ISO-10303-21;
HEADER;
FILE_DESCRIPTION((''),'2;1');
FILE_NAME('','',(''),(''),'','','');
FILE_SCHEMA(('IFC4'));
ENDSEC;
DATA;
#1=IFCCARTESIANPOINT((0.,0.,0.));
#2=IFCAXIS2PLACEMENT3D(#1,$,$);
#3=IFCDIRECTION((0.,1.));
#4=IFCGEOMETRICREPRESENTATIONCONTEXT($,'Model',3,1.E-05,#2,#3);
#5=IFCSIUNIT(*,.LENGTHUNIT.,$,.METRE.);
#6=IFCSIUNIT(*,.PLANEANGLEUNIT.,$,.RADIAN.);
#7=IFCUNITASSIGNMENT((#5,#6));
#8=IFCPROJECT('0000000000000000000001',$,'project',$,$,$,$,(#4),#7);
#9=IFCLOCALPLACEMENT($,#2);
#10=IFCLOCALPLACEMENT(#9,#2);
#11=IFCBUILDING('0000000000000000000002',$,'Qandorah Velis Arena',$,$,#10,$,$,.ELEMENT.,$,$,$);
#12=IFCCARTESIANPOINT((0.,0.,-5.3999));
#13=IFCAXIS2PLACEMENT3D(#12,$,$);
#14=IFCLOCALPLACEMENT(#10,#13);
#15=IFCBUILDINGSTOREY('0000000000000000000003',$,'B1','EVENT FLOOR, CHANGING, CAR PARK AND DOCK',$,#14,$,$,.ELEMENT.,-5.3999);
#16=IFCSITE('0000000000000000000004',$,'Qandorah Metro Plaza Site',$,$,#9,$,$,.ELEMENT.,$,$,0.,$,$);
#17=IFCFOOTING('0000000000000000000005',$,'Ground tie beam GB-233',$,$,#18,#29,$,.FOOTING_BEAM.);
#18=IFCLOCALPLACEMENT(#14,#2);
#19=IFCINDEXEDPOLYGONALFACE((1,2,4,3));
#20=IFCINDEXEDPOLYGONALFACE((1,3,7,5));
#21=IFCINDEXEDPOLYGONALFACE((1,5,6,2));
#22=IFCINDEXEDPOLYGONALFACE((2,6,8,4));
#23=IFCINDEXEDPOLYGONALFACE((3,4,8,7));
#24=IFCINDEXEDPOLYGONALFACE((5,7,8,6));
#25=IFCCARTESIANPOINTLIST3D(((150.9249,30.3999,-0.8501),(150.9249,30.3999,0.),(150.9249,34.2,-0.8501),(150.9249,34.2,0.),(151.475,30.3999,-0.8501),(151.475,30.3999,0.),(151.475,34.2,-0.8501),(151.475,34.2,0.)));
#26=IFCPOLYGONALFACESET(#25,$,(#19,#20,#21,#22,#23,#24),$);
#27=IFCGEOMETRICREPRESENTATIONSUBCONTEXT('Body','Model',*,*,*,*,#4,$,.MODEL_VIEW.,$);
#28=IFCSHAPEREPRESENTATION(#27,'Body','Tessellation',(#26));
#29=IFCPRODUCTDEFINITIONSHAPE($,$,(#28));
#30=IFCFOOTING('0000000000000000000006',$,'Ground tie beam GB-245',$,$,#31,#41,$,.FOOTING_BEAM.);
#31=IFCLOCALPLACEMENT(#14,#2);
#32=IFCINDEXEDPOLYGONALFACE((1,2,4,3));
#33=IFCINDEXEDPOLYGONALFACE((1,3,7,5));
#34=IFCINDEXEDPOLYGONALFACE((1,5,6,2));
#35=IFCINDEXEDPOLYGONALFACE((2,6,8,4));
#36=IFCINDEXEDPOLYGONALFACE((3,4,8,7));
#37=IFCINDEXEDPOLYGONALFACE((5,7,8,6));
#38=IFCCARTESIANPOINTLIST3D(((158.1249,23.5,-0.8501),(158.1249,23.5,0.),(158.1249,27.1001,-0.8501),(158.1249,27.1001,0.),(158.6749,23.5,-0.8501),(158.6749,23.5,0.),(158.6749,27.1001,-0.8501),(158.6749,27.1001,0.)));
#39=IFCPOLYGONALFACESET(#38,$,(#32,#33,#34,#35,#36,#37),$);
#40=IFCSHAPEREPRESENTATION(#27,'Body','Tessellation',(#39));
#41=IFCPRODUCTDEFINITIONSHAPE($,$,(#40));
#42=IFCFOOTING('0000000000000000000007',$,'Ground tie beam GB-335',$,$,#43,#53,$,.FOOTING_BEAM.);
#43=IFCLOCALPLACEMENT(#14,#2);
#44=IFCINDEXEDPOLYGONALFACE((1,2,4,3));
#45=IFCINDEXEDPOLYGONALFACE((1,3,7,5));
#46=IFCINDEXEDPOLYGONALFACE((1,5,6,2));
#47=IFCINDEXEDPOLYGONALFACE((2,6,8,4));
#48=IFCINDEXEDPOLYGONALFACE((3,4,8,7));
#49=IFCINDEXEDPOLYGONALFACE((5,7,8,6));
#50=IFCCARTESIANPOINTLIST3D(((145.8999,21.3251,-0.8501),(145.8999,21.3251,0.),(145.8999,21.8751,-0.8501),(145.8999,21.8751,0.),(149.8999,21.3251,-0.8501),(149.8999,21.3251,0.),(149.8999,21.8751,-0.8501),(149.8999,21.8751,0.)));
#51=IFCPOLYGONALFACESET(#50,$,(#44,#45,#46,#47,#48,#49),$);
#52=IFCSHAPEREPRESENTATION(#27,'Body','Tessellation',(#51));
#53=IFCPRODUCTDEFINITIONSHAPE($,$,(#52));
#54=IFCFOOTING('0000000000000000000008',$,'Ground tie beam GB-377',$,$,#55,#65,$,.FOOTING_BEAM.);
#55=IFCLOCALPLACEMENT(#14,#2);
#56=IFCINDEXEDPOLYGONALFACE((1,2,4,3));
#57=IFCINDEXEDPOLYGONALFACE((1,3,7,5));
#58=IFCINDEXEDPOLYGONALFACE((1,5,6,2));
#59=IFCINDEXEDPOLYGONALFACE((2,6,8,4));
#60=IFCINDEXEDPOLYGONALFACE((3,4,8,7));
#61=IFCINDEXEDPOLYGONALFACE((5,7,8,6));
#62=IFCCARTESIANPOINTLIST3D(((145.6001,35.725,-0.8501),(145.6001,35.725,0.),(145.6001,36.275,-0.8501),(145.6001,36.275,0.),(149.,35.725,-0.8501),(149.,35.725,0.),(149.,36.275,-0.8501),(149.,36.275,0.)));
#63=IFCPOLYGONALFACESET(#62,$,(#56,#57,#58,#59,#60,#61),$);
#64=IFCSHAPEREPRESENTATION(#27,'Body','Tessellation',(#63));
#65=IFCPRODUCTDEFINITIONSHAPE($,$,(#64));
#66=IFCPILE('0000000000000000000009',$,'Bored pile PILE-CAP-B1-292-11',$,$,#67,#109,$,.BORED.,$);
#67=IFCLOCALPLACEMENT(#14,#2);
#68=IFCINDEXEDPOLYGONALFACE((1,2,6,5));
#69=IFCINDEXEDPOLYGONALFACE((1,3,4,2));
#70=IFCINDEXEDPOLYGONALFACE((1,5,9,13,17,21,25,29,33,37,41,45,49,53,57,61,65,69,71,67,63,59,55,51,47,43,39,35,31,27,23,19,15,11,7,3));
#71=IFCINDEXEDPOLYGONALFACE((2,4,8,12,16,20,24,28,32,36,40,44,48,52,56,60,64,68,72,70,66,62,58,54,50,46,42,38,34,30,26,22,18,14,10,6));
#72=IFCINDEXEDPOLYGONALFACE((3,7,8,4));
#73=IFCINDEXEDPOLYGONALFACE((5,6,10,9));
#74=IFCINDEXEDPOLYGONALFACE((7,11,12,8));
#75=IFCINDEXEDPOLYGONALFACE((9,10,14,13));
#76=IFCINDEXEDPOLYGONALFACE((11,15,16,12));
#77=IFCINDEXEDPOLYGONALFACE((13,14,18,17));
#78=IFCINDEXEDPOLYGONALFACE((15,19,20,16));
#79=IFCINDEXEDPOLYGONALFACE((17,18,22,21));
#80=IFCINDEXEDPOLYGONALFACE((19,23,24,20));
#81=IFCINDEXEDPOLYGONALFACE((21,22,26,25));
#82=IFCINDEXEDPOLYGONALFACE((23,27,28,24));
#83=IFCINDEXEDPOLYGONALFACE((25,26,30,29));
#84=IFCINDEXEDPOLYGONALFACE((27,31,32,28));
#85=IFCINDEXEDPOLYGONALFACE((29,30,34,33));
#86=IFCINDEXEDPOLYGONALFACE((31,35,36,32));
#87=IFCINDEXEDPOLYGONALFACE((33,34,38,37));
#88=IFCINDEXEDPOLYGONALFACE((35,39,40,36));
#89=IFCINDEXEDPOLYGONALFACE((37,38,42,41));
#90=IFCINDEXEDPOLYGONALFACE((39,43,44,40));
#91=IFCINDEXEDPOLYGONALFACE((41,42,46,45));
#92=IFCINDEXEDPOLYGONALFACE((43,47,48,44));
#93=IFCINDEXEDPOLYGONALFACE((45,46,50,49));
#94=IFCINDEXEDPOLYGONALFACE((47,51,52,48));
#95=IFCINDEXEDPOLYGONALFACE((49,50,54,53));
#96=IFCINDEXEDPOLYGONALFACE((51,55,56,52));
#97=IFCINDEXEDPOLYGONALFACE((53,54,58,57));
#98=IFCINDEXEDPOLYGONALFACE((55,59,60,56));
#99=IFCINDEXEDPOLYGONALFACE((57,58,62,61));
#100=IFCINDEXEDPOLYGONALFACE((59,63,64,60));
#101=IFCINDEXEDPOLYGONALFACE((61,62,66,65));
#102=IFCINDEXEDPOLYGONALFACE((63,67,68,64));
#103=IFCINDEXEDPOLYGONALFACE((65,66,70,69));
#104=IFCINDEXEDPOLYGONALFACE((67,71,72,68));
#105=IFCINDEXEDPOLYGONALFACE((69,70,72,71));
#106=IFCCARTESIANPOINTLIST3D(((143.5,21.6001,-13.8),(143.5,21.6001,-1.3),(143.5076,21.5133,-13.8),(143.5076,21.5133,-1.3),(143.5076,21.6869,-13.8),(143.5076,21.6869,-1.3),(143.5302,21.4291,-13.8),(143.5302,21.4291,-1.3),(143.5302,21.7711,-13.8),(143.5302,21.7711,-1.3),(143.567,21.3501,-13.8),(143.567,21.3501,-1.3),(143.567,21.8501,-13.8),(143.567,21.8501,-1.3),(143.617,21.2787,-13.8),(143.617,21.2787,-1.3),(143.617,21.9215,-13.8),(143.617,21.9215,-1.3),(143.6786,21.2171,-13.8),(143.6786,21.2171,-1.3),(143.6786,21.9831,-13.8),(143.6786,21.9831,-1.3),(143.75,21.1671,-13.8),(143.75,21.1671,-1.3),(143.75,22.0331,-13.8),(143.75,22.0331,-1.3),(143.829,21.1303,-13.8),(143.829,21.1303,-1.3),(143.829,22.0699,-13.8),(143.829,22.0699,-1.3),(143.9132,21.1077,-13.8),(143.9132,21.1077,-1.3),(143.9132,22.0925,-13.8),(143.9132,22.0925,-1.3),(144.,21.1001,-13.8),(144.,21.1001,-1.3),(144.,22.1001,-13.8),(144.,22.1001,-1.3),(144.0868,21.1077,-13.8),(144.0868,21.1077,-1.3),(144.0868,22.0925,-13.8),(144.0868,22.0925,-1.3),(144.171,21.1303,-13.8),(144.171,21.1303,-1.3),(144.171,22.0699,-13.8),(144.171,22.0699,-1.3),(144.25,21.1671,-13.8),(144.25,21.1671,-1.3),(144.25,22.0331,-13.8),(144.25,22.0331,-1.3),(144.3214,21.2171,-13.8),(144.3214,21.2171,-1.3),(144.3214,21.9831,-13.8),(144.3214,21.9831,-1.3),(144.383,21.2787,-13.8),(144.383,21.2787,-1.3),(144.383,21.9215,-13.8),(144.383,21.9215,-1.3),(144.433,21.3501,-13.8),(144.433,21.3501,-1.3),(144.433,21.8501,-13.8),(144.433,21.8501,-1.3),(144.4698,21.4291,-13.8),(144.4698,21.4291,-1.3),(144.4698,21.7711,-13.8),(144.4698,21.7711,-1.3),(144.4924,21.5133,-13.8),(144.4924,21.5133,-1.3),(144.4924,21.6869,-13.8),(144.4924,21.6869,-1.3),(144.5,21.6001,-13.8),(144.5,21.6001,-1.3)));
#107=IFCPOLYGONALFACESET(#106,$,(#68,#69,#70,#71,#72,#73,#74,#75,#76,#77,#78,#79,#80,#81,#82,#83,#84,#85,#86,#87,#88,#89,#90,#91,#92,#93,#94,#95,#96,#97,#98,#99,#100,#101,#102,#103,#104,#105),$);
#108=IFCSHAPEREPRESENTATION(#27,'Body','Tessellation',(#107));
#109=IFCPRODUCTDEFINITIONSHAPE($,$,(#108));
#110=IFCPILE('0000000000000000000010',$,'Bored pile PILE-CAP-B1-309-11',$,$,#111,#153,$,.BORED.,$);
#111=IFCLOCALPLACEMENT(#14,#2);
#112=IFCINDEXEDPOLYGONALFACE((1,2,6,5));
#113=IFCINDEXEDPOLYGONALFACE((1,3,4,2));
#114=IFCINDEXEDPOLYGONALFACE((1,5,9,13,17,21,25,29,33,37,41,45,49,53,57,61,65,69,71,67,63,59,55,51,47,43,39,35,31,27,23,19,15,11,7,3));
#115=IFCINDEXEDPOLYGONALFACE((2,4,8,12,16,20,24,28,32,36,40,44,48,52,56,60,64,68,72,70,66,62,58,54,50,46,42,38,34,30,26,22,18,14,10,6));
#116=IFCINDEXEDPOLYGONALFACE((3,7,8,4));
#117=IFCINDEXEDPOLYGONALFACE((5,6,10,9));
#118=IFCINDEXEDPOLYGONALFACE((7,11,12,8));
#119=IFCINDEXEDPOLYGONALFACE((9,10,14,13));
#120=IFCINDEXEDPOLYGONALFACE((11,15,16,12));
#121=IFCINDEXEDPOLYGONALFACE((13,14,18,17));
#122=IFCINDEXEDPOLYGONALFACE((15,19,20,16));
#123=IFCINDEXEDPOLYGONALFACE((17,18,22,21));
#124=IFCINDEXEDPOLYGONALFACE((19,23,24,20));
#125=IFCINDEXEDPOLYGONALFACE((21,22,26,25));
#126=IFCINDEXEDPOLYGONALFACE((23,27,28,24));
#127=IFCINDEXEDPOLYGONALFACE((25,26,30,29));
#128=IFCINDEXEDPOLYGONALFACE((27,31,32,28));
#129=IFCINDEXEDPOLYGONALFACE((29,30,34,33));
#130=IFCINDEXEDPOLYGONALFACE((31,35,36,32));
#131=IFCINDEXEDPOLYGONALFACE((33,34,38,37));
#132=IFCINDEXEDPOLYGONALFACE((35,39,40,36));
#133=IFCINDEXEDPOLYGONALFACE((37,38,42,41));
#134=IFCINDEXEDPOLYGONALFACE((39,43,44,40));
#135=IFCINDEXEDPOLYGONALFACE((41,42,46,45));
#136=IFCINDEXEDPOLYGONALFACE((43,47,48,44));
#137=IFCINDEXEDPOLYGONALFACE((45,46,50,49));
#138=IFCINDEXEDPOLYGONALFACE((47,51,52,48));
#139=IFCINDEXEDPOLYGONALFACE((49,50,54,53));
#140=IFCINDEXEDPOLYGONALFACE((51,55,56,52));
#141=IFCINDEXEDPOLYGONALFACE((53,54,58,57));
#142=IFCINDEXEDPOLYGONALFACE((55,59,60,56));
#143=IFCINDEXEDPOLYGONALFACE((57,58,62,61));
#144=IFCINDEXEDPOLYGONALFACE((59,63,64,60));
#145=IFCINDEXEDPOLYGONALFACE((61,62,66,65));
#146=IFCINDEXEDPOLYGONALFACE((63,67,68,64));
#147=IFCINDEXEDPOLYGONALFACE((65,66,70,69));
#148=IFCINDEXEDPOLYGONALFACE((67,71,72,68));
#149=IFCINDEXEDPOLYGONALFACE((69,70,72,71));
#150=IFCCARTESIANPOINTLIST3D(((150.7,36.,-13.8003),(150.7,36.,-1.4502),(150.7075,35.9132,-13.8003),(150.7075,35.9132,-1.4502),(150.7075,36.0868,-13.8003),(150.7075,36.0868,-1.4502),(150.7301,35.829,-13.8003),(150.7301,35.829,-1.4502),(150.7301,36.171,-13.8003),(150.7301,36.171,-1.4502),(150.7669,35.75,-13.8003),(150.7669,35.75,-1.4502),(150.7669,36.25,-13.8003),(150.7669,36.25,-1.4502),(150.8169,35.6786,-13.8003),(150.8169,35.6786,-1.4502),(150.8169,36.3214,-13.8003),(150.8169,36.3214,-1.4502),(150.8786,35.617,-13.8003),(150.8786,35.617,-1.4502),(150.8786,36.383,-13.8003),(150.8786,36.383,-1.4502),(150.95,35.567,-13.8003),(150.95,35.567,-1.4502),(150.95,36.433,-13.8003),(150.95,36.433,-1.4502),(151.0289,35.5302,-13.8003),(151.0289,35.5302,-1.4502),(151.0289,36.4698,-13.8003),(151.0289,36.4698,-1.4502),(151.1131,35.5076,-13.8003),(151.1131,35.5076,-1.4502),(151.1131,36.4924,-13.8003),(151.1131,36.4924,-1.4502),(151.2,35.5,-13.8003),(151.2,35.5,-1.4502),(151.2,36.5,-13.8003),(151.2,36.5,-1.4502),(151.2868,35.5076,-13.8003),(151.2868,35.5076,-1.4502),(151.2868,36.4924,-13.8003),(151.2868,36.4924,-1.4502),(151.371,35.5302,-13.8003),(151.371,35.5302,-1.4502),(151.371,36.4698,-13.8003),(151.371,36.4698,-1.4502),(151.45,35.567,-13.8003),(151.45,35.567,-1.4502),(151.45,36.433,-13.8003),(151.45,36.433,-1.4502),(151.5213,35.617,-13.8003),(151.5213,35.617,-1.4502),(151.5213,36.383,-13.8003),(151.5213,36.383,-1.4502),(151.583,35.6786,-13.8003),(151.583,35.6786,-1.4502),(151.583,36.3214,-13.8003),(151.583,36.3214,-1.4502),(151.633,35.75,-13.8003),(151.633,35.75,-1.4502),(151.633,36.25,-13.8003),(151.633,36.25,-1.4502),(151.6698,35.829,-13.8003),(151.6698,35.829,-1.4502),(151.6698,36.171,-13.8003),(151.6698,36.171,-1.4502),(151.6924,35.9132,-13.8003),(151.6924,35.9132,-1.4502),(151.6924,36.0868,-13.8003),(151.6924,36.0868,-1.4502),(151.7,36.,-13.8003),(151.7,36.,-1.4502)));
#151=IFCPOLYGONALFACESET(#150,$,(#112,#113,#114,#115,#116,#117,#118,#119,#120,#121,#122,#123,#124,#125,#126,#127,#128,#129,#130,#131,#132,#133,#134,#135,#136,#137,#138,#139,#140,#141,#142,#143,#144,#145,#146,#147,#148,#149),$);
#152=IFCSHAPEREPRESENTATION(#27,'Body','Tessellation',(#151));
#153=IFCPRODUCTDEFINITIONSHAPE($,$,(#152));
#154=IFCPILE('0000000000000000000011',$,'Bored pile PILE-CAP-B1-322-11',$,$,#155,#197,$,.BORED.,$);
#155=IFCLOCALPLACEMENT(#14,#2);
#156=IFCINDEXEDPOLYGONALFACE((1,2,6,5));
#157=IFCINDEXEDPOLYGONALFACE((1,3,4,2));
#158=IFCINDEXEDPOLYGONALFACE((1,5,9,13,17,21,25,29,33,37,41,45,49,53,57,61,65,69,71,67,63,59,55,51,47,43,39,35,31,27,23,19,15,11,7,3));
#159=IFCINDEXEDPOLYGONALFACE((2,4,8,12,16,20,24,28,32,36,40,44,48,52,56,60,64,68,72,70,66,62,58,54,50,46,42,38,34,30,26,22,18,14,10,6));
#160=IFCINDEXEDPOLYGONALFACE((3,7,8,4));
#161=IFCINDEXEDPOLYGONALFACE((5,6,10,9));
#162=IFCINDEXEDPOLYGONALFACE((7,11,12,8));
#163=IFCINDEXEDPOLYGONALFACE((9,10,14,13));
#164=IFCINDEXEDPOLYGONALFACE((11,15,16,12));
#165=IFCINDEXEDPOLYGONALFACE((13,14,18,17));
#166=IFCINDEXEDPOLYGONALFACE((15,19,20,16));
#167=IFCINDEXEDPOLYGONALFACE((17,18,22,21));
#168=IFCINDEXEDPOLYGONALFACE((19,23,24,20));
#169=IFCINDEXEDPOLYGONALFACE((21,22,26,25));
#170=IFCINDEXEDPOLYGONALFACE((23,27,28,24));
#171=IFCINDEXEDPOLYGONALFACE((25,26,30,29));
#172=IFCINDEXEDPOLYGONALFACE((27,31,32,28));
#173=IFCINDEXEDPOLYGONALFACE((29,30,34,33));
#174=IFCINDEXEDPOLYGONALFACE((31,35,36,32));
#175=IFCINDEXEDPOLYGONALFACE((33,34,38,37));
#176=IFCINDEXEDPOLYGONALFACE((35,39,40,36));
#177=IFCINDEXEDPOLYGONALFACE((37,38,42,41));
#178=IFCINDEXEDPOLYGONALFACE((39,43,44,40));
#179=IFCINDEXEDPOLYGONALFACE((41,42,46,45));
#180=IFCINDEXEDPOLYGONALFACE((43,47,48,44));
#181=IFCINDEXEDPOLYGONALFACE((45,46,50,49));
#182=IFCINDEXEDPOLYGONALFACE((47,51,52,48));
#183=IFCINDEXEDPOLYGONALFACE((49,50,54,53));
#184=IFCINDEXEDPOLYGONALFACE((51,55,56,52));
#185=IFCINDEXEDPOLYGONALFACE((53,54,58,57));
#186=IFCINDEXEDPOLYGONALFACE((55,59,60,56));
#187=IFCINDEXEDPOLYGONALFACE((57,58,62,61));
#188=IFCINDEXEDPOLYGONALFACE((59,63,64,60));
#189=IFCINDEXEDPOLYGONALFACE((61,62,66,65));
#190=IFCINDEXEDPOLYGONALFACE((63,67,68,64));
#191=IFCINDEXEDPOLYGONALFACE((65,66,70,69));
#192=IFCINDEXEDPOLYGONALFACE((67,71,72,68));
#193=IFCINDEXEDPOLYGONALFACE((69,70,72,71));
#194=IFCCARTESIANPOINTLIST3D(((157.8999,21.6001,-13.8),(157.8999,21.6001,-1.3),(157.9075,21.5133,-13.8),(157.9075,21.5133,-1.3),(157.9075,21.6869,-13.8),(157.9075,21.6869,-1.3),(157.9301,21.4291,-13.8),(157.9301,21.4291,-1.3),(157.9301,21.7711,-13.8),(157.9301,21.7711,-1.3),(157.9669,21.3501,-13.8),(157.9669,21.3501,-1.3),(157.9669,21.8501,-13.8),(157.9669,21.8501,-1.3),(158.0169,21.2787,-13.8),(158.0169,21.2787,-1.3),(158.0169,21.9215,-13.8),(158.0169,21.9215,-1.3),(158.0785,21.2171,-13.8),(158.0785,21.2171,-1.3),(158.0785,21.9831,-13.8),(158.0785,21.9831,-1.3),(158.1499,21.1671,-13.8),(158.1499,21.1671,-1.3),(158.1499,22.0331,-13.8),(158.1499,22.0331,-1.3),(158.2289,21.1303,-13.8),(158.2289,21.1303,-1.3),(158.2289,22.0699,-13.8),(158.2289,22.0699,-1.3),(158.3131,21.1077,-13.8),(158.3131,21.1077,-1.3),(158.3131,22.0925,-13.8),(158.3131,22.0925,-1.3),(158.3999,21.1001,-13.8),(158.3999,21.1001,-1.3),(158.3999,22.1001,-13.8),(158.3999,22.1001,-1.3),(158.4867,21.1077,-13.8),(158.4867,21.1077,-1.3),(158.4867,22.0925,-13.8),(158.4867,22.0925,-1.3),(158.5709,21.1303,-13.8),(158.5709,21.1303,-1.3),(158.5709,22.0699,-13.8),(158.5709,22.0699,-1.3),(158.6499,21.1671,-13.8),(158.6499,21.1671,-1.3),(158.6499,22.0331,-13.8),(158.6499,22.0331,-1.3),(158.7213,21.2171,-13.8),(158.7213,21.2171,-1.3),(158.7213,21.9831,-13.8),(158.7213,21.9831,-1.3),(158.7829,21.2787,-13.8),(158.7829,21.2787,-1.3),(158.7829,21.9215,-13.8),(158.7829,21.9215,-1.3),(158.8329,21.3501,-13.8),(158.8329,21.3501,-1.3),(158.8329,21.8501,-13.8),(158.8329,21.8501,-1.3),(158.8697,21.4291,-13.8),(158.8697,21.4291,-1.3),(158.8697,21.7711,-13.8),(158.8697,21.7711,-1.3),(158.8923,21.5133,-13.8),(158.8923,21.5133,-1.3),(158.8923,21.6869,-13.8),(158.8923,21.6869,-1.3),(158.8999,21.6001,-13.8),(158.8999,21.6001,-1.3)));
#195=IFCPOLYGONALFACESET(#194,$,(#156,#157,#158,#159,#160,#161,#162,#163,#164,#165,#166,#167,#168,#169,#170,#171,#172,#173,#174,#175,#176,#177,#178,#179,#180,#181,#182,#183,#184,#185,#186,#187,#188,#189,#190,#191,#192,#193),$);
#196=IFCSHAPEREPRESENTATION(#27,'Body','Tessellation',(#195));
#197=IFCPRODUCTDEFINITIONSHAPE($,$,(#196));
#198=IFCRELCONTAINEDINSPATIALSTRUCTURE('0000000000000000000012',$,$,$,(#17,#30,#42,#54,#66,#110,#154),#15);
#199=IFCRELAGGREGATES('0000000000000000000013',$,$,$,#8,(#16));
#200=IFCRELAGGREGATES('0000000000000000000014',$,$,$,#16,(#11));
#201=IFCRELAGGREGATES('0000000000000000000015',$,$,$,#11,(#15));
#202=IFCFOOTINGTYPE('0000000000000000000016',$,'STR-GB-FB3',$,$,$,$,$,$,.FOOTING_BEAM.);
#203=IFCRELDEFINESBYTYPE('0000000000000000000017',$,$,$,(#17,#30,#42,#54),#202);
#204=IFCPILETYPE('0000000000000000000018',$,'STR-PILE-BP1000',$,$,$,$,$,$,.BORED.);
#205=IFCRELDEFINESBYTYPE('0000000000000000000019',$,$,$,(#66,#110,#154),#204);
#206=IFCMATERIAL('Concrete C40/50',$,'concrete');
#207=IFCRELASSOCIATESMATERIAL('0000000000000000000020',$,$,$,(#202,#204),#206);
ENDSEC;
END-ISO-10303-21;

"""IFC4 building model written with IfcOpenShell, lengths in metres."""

from ifc_helpers import new_model, si_unit, direction, frame, origin, origin_2d, place, context, subcontext, project, spatial, rectangle, circle, extrude, material, material_profile, profile_set, type_object, element, save


model = new_model("IFC4")

# Units and contexts
model_context = context("Model", 3, precision=1e-05, world=origin(), true_north=direction((0.0, 1.0)))
body_context = subcontext(model_context, "Body", "Model", "MODEL_VIEW")
ifc_project = project(units=[si_unit("LENGTHUNIT", "METRE"), si_unit("PLANEANGLEUNIT", "RADIAN")], contexts=[model_context])

# Site, building, storey
site_placement = place(None, origin())
site = spatial("IfcSite", under=ifc_project, at=site_placement, Name="Qandorah Metro Plaza Site", CompositionType="ELEMENT", RefElevation=0.0)
building_placement = place(site_placement, origin())
building = spatial("IfcBuilding", under=site, at=building_placement, Name="Qandorah Velis Arena", CompositionType="ELEMENT")
storey_placement = place(building_placement, frame((0.0, 0.0, -5.3999)))
storey = spatial("IfcBuildingStorey", under=building, at=storey_placement, Name="B1", Description="EVENT FLOOR, CHANGING, CAR PARK AND DOCK", CompositionType="ELEMENT", Elevation=-5.3999)

# Footings
ifc_material = material(Name="Concrete C40/50", Category="concrete")
ifc_material_profile_1 = material_profile(ifc_material, rectangle(XDim=0.55, YDim=0.8501, at=origin_2d()), Name="GB3 550x850")
ifc_profile_set_1 = profile_set([ifc_material_profile_1], Name="Concrete C40/50")
footing_type_1 = type_object("IfcFootingType", Name="STR-GB-FB3", PredefinedType="FOOTING_BEAM", material=ifc_profile_set_1)
footing_1_placement = place(storey_placement, frame((151.2, 30.3999, -0.425), z_axis=(0.0, 1.0, 0.0), x_axis=(-1.0, 0.0, 0.0)))
element("IfcFooting", 1, at=footing_1_placement, inside=storey, type_object=footing_type_1, Name="Ground tie beam GB-233", PredefinedType="FOOTING_BEAM", context=body_context, shape_type="SweptSolid", body=[
    extrude(rectangle(XDim=0.55, YDim=0.8501, at=origin_2d()), origin(), (0.0, 0.0, 1.0), 3.8),
])
footing_2_placement = place(storey_placement, frame((158.3999, 23.5, -0.425), z_axis=(0.0, 1.0, 0.0), x_axis=(-1.0, 0.0, 0.0)))
element("IfcFooting", 2, at=footing_2_placement, inside=storey, type_object=footing_type_1, Name="Ground tie beam GB-245", PredefinedType="FOOTING_BEAM", context=body_context, shape_type="SweptSolid", body=[
    extrude(rectangle(XDim=0.55, YDim=0.8501, at=origin_2d()), origin(), (0.0, 0.0, 1.0), 3.6001),
])
footing_3_placement = place(storey_placement, frame((145.8999, 21.6001, -0.425), z_axis=(1.0, 0.0, 0.0), x_axis=(0.0, 1.0, 0.0)))
element("IfcFooting", 3, at=footing_3_placement, inside=storey, type_object=footing_type_1, Name="Ground tie beam GB-335", PredefinedType="FOOTING_BEAM", context=body_context, shape_type="SweptSolid", body=[
    extrude(rectangle(XDim=0.55, YDim=0.8501, at=origin_2d()), origin(), (0.0, 0.0, 1.0), 4.0),
])
footing_4_placement = place(storey_placement, frame((145.6001, 36.0, -0.425), z_axis=(1.0, 0.0, 0.0), x_axis=(0.0, 1.0, 0.0)))
element("IfcFooting", 4, at=footing_4_placement, inside=storey, type_object=footing_type_1, Name="Ground tie beam GB-377", PredefinedType="FOOTING_BEAM", context=body_context, shape_type="SweptSolid", body=[
    extrude(rectangle(XDim=0.55, YDim=0.8501, at=origin_2d()), origin(), (0.0, 0.0, 1.0), 3.3999),
])

# Piles
ifc_material_profile_2 = material_profile(ifc_material, circle(Radius=0.5, at=origin_2d()), Name="BORED PILE D1000")
ifc_profile_set_2 = profile_set([ifc_material_profile_2], Name="Concrete C40/50")
pile_type_1 = type_object("IfcPileType", Name="STR-PILE-BP1000", PredefinedType="BORED", material=ifc_profile_set_2)
pile_1_placement = place(storey_placement, frame((144.0, 21.6001, -1.3), z_axis=(0.0, 0.0, -1.0), x_axis=(1.0, 0.0, 0.0)))
element("IfcPile", 5, at=pile_1_placement, inside=storey, type_object=pile_type_1, Name="Bored pile PILE-CAP-B1-292-11", PredefinedType="BORED", context=body_context, shape_type="SweptSolid", body=[
    extrude(circle(Radius=0.5, at=origin_2d()), origin(), (0.0, 0.0, 1.0), 12.5),
])
pile_2_placement = place(storey_placement, frame((151.2, 36.0, -1.4502), z_axis=(0.0, 0.0, -1.0), x_axis=(1.0, 0.0, 0.0)))
element("IfcPile", 6, at=pile_2_placement, inside=storey, type_object=pile_type_1, Name="Bored pile PILE-CAP-B1-309-11", PredefinedType="BORED", context=body_context, shape_type="SweptSolid", body=[
    extrude(circle(Radius=0.5, at=origin_2d()), origin(), (0.0, 0.0, 1.0), 12.3501),
])
pile_3_placement = place(storey_placement, frame((158.3999, 21.6001, -1.3), z_axis=(0.0, 0.0, -1.0), x_axis=(1.0, 0.0, 0.0)))
element("IfcPile", 7, at=pile_3_placement, inside=storey, type_object=pile_type_1, Name="Bored pile PILE-CAP-B1-322-11", PredefinedType="BORED", context=body_context, shape_type="SweptSolid", body=[
    extrude(circle(Radius=0.5, at=origin_2d()), origin(), (0.0, 0.0, 1.0), 12.5),
])

save(model, "model.ifc")
